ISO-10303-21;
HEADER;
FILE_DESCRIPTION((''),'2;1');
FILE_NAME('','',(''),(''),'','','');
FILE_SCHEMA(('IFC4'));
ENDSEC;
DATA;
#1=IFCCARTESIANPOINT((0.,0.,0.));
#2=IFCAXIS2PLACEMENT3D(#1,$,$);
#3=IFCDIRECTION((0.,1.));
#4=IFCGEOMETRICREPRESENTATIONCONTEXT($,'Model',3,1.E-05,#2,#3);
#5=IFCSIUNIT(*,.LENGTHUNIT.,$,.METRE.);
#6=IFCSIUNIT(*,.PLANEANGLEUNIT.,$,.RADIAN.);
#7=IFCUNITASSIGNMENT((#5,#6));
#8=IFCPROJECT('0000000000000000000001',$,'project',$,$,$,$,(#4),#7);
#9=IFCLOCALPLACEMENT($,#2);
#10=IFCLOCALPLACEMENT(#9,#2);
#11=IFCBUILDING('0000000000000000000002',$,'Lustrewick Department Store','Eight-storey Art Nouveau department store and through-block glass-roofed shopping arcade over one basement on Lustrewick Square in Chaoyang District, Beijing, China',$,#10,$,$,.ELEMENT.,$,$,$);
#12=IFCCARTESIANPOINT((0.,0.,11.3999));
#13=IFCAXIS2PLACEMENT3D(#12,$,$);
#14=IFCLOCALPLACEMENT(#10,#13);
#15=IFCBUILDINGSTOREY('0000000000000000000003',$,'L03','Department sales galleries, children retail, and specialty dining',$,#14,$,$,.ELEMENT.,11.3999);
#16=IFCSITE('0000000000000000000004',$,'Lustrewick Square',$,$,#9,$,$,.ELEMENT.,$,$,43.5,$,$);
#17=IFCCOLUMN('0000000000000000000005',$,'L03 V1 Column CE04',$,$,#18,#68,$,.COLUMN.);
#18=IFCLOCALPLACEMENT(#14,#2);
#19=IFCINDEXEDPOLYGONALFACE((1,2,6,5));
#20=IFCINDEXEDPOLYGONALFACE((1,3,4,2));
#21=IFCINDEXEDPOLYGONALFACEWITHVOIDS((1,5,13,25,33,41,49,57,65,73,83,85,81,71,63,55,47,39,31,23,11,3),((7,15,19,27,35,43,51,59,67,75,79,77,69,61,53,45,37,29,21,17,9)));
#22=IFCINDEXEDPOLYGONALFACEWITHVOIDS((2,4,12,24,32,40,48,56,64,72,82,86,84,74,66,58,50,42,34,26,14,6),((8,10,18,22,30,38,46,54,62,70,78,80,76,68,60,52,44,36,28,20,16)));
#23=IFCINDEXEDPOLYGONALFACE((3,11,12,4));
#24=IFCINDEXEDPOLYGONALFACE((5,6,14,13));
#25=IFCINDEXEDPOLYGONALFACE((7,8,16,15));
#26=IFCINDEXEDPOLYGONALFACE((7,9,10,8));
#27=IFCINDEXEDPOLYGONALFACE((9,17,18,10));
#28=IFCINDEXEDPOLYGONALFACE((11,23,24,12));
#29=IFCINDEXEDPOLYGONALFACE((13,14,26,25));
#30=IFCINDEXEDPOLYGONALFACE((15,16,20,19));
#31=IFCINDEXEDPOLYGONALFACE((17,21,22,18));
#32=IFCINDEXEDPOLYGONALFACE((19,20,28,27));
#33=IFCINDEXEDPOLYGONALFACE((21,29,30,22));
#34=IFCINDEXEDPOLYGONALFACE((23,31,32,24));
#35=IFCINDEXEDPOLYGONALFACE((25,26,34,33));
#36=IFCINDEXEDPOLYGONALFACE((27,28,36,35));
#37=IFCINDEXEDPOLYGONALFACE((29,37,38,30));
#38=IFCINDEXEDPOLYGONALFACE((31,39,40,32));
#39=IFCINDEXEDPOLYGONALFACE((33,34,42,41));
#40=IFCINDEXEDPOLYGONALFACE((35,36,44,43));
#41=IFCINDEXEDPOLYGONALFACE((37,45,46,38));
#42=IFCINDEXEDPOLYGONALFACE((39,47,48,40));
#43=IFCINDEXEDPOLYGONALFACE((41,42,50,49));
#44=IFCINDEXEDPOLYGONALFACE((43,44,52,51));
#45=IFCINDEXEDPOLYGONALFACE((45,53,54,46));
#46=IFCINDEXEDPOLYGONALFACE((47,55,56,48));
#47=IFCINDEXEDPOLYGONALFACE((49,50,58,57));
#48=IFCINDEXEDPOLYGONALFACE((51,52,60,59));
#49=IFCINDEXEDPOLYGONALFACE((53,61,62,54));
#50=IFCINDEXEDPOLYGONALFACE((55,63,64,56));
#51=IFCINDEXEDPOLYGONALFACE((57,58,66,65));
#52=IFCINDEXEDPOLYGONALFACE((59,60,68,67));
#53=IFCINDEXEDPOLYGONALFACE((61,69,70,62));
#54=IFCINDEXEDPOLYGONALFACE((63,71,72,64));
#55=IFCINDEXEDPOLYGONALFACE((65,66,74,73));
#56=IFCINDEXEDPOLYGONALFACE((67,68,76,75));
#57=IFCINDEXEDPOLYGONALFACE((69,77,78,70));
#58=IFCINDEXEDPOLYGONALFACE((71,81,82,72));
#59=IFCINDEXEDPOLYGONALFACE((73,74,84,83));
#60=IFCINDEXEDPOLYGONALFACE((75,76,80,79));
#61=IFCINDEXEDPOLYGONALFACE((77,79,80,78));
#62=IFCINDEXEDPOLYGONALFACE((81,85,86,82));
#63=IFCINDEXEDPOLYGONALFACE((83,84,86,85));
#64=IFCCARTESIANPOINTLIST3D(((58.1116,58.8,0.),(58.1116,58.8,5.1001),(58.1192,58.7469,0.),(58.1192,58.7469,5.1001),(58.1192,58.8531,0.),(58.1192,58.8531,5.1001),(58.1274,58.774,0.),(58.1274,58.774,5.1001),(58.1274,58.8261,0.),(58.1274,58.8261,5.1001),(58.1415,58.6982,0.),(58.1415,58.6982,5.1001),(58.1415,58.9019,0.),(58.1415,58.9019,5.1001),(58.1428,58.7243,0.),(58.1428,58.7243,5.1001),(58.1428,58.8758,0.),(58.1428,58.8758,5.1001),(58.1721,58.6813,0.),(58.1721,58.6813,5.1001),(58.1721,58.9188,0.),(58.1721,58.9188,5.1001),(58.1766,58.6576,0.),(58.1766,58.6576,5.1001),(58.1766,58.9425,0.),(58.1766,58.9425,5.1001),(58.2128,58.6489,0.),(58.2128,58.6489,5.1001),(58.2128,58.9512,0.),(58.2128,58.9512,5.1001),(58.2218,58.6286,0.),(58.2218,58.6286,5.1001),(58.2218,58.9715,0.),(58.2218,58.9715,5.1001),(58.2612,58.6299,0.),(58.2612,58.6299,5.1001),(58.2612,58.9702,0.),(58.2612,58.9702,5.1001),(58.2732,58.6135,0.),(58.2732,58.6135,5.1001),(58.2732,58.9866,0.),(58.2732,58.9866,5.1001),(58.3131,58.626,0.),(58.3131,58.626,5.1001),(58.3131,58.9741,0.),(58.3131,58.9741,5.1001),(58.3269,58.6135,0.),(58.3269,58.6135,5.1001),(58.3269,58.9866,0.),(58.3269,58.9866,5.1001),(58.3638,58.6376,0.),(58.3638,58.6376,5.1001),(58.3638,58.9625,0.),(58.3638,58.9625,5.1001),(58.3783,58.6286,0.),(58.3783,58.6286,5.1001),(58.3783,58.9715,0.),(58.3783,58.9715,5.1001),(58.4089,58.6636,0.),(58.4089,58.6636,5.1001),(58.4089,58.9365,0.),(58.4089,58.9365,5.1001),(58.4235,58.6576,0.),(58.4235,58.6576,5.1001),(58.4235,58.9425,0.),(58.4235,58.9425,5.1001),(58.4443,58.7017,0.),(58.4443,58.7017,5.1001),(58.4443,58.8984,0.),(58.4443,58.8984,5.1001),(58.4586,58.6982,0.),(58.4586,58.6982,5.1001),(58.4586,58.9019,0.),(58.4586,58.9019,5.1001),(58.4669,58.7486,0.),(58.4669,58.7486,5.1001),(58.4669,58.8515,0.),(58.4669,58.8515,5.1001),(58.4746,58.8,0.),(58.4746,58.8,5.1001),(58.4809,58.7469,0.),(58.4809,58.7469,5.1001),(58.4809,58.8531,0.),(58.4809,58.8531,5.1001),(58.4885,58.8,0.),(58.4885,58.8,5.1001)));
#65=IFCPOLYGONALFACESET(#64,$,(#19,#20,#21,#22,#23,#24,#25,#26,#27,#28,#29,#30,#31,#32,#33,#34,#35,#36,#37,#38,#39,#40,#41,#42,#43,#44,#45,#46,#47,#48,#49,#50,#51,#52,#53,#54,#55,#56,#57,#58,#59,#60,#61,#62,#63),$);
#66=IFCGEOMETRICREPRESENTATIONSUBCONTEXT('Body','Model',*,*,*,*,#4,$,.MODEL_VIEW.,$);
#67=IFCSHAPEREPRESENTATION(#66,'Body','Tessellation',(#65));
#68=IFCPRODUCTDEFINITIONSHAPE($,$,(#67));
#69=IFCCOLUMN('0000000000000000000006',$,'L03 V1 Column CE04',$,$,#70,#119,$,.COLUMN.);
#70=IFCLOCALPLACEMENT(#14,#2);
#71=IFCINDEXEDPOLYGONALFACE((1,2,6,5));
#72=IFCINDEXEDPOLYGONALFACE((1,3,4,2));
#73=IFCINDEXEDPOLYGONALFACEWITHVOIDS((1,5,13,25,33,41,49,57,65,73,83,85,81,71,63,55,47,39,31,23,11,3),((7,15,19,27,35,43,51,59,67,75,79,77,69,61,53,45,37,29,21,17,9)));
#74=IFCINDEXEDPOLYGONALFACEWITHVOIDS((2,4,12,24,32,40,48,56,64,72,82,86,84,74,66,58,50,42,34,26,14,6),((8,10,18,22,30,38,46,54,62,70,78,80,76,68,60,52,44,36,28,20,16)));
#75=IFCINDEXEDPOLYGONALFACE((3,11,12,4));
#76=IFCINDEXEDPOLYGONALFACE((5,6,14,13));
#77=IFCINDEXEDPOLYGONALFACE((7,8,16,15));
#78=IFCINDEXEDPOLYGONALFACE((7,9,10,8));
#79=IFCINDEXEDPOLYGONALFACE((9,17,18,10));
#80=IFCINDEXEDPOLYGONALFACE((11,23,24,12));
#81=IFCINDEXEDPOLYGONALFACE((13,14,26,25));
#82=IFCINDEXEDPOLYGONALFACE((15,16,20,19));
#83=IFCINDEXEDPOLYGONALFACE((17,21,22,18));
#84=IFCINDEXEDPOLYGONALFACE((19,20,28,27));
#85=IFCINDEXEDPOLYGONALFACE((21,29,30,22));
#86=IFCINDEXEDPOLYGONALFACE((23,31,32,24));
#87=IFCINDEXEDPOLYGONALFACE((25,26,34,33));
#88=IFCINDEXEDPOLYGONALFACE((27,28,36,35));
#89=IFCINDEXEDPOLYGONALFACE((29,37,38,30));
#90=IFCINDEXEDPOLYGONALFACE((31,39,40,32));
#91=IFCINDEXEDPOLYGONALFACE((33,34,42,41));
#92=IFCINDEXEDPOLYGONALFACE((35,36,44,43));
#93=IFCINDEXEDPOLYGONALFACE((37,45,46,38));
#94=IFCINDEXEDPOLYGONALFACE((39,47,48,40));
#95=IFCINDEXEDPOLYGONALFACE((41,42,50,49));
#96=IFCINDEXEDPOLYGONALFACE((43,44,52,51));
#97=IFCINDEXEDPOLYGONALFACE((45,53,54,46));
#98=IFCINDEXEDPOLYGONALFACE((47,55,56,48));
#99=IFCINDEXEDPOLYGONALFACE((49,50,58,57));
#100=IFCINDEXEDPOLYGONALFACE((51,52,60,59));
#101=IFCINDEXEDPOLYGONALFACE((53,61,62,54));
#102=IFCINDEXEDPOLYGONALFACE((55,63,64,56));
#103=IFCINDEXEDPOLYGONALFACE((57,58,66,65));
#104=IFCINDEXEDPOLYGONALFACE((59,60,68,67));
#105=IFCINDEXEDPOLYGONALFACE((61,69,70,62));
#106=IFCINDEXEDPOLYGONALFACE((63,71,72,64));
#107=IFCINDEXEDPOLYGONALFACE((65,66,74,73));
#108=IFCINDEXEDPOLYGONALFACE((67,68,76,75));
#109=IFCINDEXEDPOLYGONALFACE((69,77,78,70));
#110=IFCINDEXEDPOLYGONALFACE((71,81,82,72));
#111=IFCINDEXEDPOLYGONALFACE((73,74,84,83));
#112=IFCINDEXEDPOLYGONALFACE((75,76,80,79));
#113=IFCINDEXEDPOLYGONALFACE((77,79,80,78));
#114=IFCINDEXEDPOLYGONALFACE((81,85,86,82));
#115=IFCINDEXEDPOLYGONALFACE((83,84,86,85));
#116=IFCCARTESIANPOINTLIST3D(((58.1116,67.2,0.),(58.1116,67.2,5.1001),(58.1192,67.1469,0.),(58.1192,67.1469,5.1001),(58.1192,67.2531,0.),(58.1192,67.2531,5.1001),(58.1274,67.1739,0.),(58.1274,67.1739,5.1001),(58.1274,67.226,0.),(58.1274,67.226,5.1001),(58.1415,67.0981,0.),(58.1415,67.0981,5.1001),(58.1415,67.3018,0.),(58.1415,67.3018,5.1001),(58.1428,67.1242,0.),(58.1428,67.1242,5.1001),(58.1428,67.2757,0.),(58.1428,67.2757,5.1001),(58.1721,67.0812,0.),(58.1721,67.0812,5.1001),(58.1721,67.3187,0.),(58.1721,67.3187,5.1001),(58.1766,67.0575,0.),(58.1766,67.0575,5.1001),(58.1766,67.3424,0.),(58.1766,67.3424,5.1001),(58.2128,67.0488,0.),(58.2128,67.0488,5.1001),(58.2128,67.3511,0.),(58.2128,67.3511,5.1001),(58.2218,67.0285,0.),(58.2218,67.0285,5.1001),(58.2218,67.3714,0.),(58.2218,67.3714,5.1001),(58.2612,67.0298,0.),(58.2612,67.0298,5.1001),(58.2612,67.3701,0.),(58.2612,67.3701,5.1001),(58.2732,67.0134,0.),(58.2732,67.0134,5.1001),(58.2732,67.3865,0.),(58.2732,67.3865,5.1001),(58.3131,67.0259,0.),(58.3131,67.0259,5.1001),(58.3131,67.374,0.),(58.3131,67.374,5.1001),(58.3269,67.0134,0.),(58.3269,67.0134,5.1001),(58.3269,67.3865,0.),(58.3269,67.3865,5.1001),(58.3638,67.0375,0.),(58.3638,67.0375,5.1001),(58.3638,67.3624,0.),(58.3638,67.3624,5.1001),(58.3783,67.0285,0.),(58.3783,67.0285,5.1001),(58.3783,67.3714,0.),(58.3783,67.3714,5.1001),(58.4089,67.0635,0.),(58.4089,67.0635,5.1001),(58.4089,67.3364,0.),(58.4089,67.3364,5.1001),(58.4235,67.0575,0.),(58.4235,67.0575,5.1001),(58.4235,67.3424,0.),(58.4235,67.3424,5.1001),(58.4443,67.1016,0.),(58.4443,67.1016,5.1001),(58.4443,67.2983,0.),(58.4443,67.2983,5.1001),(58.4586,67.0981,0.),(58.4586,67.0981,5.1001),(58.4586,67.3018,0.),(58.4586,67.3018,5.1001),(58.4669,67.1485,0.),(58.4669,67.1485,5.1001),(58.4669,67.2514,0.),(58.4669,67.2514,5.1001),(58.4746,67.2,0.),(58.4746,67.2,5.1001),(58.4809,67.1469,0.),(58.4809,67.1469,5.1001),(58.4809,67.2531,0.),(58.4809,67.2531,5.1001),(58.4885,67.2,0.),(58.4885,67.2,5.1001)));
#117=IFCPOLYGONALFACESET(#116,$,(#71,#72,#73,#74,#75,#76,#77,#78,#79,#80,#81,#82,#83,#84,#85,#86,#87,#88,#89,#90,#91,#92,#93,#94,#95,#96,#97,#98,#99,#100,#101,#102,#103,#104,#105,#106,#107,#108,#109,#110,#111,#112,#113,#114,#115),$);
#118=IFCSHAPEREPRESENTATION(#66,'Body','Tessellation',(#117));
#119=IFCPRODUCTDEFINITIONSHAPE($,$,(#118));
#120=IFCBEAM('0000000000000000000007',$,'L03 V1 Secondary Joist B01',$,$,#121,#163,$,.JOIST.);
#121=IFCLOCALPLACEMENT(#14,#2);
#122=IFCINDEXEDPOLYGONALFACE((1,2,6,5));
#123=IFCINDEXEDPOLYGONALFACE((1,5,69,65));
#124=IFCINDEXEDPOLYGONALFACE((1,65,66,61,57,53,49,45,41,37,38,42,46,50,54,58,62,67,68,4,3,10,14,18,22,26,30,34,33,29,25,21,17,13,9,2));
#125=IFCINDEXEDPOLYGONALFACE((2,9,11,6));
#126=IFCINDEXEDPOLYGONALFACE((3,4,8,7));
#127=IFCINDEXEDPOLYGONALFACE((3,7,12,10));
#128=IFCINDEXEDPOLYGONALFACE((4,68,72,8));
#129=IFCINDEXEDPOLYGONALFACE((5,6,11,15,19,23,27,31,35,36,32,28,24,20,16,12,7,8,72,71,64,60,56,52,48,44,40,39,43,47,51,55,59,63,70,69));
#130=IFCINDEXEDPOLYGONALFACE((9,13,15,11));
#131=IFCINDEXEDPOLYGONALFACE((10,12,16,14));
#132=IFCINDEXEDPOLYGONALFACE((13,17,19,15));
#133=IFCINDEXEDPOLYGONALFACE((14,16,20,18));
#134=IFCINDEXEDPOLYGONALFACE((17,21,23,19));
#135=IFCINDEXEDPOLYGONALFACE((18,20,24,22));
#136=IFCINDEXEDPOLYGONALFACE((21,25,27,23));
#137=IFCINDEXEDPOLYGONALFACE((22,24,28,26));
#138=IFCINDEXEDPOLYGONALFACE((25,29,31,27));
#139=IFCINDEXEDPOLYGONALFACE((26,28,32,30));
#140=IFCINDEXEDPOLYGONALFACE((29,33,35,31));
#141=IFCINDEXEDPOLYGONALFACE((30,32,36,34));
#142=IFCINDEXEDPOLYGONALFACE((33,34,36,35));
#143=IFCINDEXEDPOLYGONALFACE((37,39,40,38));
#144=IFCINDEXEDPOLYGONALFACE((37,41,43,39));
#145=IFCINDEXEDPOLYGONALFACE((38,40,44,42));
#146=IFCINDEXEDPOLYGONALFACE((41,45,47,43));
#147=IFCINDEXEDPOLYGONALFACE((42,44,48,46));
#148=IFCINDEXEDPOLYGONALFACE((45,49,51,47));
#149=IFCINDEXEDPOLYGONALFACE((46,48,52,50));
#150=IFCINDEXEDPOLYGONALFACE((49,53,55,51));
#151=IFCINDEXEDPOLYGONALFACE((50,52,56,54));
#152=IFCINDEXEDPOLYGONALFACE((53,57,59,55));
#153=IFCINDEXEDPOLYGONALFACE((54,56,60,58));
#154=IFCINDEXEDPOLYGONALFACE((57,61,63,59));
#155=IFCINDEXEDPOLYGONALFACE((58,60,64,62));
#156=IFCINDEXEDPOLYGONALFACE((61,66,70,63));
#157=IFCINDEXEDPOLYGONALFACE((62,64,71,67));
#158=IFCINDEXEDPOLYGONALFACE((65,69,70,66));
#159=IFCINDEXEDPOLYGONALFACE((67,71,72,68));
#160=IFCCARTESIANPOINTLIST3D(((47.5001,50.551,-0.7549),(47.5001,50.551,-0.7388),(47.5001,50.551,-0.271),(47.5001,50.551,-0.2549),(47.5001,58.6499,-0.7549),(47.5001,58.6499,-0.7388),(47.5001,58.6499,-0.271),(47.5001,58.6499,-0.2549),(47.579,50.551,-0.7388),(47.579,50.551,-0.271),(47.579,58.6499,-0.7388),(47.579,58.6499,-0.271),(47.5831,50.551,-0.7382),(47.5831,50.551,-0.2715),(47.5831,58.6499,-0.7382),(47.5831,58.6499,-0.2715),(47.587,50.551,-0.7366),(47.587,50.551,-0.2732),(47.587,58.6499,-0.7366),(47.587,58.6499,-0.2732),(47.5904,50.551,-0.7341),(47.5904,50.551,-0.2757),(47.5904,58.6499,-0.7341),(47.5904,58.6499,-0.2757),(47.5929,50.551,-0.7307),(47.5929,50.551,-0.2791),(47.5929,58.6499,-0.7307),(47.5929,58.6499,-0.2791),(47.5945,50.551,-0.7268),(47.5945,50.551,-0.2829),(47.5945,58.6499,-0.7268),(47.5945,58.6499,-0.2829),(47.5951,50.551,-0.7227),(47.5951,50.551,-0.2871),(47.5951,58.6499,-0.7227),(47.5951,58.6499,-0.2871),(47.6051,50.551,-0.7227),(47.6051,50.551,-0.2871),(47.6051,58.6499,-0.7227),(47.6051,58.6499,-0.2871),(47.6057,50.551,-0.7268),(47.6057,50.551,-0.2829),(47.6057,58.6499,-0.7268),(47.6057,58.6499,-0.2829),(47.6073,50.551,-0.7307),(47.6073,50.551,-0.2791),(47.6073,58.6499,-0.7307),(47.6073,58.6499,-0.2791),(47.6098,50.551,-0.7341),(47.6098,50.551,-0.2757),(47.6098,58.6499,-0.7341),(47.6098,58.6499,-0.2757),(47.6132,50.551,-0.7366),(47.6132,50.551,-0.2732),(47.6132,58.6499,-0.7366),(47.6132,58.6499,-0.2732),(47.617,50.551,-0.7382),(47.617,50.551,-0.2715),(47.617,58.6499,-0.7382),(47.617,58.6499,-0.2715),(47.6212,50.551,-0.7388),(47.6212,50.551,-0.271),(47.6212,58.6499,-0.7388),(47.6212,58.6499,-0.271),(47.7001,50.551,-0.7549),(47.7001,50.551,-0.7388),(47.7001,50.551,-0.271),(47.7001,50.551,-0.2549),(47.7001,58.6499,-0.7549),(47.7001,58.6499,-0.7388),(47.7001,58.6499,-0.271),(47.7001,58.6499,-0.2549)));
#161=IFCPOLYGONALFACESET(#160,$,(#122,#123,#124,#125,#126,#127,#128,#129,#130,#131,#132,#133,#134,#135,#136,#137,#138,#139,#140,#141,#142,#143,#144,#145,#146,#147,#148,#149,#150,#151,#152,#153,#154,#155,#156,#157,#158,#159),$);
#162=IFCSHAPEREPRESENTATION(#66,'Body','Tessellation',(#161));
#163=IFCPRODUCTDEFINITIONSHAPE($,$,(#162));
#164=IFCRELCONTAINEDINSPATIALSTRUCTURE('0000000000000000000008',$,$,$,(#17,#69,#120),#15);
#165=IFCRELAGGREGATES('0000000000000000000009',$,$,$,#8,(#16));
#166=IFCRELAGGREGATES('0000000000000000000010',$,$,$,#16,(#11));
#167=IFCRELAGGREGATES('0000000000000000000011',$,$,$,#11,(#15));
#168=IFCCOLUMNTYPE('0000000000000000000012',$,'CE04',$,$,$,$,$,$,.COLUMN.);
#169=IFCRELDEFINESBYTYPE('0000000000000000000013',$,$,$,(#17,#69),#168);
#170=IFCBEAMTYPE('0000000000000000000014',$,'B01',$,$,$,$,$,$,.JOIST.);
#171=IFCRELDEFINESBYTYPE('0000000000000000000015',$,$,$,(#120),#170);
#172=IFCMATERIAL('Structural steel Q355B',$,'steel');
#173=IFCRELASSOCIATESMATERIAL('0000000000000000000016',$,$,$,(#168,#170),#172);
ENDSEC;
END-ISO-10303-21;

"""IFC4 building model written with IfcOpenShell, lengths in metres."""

from ifc_helpers import new_model, si_unit, direction, frame, origin, origin_2d, place, context, subcontext, project, spatial, hollow_circle, i_section, extrude, material, material_profile, profile_set, type_object, element, save


model = new_model("IFC4")

# Units and contexts
model_context = context("Model", 3, precision=1e-05, world=origin(), true_north=direction((0.0, 1.0)))
body_context = subcontext(model_context, "Body", "Model", "MODEL_VIEW")
ifc_project = project(units=[si_unit("LENGTHUNIT", "METRE"), si_unit("PLANEANGLEUNIT", "RADIAN")], contexts=[model_context])

# Site, building, storey
site_placement = place(None, origin())
site = spatial("IfcSite", under=ifc_project, at=site_placement, Name="Lustrewick Square", CompositionType="ELEMENT", RefElevation=43.5)
building_placement = place(site_placement, origin())
building = spatial("IfcBuilding", under=site, at=building_placement, Name="Lustrewick Department Store", Description="Eight-storey Art Nouveau department store and through-block glass-roofed shopping arcade over one basement on Lustrewick Square in Chaoyang District, Beijing, China", CompositionType="ELEMENT")
storey_placement = place(building_placement, frame((0.0, 0.0, 11.3999)))
storey = spatial("IfcBuildingStorey", under=building, at=storey_placement, Name="L03", Description="Department sales galleries, children retail, and specialty dining", CompositionType="ELEMENT", Elevation=11.3999)

# Columns
ifc_material_1 = material(Name="Structural steel Q355B", Category="steel")
ifc_material_profile_1 = material_profile(ifc_material_1, hollow_circle(Radius=0.1885, WallThickness=0.0139, at=origin_2d()), Name="CHS 377x14")
ifc_profile_set_1 = profile_set([ifc_material_profile_1], Name="Structural steel Q355B")
column_type_1 = type_object("IfcColumnType", Name="CE04", PredefinedType="COLUMN", material=ifc_profile_set_1)
for number, where, z_axis, x_axis, name in (
    (1, (58.3, 58.8, 0.0), (0.0, 0.0, 1.0), (1.0, 0.0, 0.0), "L03 V1 Column CE04"),
    (2, (58.3, 67.2, 0.0), (0.0, 0.0, 1.0), (1.0, 0.0, 0.0), "L03 V1 Column CE04"),
):
    element("IfcColumn", number, at=place(storey_placement, frame(where, z_axis=z_axis, x_axis=x_axis)), inside=storey, type_object=column_type_1, Name=name, PredefinedType="COLUMN", context=body_context, shape_type="SweptSolid", body=[
        extrude(hollow_circle(Radius=0.1885, WallThickness=0.0139, at=origin_2d()), origin(), (0.0, 0.0, 1.0), 5.1001),
    ])

# Beam
ifc_material_profile_2 = material_profile(ifc_material_1, i_section(OverallWidth=0.2, OverallDepth=0.5, WebThickness=0.01, FlangeThickness=0.0161, FilletRadius=0.0161, at=origin_2d()), Name="HN 500x200x10x16")
ifc_profile_set_2 = profile_set([ifc_material_profile_2], Name="Structural steel Q355B")
beam_type_1 = type_object("IfcBeamType", Name="B01", PredefinedType="JOIST", material=ifc_profile_set_2)
beam_1_placement = place(storey_placement, frame((47.6001, 50.551, -0.5049), z_axis=(0.0, 1.0, 0.0), x_axis=(-1.0, 0.0, 0.0)))
element("IfcBeam", 3, at=beam_1_placement, inside=storey, type_object=beam_type_1, Name="L03 V1 Secondary Joist B01", PredefinedType="JOIST", context=body_context, shape_type="SweptSolid", body=[
    extrude(i_section(OverallWidth=0.2, OverallDepth=0.5, WebThickness=0.01, FlangeThickness=0.0161, FilletRadius=0.0161, at=origin_2d()), origin(), (0.0, 0.0, 1.0), 8.0989),
])

save(model, "model.ifc")
